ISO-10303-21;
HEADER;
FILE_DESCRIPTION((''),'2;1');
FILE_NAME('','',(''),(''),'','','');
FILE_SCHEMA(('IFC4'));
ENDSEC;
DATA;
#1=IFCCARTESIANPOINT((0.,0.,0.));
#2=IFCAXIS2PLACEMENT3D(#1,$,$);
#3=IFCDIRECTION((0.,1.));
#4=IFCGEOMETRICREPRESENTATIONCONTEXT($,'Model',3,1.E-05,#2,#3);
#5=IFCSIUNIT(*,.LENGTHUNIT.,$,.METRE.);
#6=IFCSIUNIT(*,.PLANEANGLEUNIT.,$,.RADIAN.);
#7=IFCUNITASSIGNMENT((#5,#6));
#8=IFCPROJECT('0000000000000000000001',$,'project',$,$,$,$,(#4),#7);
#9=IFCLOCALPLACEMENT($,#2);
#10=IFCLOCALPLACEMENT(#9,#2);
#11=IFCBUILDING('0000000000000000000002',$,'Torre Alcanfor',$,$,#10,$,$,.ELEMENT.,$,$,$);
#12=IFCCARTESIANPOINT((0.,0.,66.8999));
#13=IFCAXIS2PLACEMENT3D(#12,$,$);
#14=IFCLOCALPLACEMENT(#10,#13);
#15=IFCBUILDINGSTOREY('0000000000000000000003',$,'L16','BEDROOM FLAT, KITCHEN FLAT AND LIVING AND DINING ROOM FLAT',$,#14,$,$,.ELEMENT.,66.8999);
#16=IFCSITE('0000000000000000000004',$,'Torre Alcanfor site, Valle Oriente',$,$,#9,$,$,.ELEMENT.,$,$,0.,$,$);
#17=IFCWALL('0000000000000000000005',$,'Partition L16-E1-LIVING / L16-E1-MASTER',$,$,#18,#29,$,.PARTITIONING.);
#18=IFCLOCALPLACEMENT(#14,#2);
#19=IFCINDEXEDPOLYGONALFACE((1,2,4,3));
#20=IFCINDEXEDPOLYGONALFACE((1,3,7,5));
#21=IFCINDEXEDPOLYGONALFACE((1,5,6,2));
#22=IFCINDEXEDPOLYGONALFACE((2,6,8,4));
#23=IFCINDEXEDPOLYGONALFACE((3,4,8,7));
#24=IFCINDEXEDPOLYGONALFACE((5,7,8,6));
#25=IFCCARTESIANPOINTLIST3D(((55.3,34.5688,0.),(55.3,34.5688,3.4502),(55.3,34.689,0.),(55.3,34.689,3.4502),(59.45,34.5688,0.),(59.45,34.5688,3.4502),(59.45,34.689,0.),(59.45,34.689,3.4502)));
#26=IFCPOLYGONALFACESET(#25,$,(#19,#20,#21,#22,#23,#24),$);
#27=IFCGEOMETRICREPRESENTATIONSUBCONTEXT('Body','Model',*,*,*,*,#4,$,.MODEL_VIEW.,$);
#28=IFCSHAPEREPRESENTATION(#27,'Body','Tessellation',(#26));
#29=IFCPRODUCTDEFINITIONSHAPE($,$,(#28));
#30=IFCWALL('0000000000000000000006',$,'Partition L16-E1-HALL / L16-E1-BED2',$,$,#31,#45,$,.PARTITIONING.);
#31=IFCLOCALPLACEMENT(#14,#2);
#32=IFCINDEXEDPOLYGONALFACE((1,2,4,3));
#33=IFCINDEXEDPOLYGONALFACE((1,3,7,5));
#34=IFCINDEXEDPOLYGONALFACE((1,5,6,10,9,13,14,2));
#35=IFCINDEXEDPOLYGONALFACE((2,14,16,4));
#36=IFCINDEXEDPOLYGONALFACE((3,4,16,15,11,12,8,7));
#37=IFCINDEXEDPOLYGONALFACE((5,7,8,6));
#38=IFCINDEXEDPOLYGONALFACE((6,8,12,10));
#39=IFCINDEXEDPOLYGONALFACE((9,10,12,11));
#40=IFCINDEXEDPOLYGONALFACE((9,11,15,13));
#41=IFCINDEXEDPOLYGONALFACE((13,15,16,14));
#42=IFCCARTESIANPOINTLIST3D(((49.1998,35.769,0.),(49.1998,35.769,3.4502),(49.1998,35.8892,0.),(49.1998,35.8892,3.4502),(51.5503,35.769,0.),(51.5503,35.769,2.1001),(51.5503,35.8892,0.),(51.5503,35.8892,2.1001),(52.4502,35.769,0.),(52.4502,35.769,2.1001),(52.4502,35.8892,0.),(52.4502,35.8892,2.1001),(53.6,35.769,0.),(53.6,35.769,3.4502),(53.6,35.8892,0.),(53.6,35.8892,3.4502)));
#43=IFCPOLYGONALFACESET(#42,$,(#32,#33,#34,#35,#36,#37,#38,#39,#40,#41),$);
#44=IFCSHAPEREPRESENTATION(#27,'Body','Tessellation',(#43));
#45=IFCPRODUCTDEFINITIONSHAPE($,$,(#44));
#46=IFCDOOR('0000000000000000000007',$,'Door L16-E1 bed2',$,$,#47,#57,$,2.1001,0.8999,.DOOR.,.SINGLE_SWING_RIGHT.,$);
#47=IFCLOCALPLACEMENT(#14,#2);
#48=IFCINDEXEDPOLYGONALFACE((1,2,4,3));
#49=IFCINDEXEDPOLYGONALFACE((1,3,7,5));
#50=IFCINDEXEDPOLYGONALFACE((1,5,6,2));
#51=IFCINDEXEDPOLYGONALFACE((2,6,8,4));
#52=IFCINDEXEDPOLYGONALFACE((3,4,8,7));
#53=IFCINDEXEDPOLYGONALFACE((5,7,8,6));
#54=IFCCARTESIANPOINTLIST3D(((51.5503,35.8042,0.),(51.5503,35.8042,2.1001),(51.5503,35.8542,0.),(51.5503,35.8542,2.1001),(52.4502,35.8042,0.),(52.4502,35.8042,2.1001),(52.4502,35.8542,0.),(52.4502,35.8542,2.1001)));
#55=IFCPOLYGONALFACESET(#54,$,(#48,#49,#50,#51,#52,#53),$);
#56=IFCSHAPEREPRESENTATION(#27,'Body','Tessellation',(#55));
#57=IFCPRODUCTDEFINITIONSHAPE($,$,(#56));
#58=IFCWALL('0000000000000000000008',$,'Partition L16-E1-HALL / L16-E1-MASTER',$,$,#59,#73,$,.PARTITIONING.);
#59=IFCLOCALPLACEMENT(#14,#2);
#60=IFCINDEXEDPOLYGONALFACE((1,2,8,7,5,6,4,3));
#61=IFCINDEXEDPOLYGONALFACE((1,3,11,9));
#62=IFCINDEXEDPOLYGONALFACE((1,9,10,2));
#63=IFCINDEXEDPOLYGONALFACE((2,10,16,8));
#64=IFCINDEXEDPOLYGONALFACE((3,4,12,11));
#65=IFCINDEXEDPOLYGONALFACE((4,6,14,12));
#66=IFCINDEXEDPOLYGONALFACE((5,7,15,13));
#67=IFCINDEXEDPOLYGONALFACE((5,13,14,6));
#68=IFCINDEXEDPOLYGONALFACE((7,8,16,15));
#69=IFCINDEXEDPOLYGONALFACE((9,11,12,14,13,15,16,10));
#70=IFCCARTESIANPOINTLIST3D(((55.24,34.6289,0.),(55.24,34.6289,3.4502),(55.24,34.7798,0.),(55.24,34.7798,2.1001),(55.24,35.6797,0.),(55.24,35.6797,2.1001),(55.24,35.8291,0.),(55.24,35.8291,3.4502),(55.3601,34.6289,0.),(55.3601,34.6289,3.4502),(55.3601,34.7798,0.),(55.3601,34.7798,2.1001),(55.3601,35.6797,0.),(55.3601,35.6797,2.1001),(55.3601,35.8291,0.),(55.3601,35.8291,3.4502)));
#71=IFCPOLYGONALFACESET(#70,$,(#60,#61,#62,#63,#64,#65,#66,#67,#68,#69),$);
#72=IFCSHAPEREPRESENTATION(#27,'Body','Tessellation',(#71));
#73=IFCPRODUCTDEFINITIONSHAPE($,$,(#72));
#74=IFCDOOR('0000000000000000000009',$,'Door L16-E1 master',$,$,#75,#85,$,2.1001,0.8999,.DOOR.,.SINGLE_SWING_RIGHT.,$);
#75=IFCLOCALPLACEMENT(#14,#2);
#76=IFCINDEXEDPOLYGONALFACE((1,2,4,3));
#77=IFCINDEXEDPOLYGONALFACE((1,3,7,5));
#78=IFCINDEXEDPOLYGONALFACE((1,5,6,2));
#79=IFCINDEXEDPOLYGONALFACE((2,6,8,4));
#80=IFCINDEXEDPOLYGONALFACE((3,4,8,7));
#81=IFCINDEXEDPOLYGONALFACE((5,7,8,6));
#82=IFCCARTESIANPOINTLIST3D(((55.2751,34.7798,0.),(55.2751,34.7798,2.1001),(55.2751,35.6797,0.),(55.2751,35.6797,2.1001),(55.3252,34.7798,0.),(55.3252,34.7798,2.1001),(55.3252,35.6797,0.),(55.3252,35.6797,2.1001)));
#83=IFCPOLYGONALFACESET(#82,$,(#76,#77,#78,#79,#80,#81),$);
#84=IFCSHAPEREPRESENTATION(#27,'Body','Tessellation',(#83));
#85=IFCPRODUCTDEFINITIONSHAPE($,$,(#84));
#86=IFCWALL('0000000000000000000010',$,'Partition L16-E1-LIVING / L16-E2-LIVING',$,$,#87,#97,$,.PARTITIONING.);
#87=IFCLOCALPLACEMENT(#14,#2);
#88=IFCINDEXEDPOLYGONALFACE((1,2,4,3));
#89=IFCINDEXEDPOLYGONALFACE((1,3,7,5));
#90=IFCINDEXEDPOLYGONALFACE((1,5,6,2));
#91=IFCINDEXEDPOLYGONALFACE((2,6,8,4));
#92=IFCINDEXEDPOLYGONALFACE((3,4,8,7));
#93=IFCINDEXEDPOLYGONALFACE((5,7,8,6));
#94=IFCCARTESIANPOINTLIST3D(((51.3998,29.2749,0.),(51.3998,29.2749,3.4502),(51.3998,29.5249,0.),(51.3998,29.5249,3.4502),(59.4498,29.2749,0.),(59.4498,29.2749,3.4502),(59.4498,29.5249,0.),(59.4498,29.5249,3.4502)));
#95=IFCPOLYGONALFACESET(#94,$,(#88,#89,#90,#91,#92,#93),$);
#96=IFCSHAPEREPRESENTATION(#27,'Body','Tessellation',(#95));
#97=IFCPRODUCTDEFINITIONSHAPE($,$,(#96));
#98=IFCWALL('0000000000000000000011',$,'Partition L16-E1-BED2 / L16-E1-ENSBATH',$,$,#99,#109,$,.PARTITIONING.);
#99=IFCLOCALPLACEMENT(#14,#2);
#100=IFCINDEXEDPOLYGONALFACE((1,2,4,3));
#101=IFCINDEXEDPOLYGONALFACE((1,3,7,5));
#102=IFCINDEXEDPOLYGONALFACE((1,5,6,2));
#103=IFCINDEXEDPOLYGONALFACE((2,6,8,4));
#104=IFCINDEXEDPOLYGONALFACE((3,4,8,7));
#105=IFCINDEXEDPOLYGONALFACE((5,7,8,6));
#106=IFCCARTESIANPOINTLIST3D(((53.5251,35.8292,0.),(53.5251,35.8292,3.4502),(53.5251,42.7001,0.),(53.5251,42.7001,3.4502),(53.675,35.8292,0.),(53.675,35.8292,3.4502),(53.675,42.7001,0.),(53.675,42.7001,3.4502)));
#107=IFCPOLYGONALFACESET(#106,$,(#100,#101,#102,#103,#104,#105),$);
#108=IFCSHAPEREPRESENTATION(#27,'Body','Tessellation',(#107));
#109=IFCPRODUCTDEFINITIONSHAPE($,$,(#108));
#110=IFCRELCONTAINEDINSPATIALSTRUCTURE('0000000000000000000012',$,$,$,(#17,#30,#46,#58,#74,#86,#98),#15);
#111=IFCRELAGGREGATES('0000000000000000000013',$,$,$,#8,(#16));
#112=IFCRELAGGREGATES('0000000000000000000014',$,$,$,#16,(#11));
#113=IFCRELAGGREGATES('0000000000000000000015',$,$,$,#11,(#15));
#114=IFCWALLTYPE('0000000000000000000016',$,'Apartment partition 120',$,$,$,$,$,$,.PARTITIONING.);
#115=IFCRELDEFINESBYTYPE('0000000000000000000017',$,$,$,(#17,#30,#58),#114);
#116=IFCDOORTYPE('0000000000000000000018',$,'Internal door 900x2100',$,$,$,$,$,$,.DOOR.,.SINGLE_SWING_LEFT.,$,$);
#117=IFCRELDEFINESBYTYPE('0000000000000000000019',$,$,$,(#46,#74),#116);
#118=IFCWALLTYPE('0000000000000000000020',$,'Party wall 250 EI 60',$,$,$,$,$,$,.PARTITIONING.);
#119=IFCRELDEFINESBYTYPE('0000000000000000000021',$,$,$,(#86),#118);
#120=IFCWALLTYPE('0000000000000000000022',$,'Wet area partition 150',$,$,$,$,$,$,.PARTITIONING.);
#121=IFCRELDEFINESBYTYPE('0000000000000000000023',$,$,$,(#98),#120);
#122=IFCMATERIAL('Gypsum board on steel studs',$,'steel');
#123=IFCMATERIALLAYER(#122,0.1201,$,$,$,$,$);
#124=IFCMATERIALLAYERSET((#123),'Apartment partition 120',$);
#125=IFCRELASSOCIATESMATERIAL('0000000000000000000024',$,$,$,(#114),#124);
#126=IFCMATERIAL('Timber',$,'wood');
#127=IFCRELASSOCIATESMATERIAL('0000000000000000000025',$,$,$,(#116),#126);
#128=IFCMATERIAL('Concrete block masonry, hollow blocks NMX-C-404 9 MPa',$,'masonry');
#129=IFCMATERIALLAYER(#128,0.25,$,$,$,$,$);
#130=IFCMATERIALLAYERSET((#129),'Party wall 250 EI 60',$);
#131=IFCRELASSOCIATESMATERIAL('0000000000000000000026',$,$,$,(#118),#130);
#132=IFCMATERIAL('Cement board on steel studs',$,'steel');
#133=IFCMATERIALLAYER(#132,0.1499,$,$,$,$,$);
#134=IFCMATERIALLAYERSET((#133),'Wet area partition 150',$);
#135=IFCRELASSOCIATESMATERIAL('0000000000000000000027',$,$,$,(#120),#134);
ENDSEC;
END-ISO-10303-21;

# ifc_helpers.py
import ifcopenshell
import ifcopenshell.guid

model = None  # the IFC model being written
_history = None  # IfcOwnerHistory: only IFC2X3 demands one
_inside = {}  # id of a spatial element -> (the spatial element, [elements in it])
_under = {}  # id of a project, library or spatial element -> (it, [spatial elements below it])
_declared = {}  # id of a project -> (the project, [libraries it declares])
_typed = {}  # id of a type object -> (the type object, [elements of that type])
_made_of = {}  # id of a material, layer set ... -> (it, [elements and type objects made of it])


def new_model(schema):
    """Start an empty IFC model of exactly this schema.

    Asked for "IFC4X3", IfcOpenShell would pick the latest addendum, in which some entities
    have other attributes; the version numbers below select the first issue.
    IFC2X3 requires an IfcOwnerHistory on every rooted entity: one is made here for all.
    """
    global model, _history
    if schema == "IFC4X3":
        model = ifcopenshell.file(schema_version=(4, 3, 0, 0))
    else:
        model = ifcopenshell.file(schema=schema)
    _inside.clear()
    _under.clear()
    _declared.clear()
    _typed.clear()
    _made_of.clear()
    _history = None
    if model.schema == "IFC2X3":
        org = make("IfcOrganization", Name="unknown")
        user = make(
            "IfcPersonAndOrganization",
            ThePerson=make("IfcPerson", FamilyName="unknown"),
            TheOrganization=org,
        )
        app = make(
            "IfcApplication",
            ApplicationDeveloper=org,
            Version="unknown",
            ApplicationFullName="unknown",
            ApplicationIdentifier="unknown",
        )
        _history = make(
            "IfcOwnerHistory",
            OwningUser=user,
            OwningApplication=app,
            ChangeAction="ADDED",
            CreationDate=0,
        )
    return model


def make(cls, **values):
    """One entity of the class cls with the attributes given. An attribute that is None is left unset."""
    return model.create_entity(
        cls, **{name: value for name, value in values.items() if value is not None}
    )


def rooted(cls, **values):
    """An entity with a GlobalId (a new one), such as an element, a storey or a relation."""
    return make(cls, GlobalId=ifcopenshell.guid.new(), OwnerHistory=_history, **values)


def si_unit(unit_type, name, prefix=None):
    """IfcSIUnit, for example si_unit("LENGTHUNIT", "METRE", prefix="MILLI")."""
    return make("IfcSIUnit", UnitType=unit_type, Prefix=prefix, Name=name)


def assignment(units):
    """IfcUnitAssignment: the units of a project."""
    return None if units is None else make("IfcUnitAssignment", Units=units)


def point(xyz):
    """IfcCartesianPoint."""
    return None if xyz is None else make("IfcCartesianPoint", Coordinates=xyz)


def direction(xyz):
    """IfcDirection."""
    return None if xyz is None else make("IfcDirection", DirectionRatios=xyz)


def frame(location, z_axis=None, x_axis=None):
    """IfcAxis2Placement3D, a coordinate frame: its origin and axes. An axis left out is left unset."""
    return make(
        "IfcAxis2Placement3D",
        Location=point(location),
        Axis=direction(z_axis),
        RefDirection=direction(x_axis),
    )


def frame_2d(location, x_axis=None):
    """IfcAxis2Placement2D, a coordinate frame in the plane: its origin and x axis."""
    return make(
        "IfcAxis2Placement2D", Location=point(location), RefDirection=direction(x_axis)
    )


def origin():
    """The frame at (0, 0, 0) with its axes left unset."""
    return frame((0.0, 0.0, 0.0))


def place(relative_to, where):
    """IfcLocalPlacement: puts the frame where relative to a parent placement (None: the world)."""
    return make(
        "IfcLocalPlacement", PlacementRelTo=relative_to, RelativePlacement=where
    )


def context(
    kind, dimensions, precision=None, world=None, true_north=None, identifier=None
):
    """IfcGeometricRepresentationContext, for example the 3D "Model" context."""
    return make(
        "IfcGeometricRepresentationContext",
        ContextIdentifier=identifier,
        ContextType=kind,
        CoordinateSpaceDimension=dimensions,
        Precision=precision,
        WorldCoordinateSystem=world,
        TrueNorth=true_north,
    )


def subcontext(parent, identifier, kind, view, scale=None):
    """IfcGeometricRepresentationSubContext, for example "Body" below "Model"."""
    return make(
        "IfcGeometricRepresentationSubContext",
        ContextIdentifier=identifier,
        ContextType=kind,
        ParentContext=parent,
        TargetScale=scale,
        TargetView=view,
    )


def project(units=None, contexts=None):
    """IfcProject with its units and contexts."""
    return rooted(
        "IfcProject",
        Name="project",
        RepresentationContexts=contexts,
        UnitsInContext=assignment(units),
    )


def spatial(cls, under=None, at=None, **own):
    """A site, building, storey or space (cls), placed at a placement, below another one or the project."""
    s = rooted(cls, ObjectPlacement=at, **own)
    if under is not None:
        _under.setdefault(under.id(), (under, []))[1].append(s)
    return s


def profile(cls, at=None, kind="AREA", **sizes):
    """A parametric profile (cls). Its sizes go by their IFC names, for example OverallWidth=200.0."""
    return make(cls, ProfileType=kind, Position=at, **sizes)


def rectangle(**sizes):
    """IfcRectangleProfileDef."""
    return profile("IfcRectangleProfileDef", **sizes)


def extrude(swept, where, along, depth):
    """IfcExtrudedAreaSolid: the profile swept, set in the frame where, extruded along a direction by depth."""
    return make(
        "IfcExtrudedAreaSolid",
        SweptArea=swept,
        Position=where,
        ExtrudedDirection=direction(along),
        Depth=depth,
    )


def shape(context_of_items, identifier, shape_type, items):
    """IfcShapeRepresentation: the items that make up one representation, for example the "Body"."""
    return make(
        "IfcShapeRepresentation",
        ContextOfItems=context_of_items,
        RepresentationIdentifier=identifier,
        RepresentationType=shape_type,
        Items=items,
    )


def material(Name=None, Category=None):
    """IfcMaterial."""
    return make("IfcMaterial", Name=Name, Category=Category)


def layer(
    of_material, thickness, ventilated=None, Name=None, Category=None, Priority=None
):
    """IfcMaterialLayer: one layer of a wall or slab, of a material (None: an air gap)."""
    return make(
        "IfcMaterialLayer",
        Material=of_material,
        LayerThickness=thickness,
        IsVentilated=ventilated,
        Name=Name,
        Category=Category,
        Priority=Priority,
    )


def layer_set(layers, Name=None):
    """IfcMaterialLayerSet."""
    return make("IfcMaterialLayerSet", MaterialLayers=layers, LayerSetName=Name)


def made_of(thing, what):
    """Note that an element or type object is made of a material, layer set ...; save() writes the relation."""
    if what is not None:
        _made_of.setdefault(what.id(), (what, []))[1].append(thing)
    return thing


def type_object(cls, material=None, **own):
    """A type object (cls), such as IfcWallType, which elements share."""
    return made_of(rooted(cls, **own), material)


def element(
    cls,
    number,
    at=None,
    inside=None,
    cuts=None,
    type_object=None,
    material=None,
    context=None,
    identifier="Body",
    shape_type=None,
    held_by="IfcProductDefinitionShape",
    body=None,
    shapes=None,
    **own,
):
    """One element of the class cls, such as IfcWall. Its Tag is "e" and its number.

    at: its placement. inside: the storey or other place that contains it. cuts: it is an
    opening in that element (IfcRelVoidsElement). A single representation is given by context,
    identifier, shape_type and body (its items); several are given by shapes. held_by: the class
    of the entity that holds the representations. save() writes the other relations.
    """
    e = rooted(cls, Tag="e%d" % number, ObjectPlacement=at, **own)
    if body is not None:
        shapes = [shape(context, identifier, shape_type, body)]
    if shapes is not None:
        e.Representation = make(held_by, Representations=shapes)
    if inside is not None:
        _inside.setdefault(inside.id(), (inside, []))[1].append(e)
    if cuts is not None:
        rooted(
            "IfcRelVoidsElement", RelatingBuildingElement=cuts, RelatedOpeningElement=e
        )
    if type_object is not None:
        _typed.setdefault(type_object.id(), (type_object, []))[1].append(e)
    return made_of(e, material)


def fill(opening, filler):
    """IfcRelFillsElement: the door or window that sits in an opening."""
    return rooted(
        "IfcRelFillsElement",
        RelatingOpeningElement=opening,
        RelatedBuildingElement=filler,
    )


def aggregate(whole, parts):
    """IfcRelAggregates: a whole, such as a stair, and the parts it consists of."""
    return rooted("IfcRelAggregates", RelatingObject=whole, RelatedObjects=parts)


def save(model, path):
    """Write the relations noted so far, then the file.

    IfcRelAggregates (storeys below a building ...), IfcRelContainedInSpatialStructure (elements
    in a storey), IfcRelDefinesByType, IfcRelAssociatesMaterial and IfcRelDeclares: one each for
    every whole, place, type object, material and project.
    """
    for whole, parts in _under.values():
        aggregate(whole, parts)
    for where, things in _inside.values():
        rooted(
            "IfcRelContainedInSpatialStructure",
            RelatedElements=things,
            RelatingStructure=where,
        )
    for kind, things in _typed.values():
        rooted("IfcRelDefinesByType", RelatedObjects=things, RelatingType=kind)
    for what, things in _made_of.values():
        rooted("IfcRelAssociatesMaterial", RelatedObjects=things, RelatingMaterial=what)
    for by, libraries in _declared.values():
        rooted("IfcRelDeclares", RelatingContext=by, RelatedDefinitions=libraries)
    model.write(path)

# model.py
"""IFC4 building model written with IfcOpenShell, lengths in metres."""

from ifc_helpers import new_model, si_unit, direction, frame, frame_2d, origin, place, context, subcontext, project, spatial, rectangle, extrude, material, layer, layer_set, type_object, element, fill, save


model = new_model("IFC4")

# Units and contexts
model_context = context("Model", 3, precision=1e-05, world=origin(), true_north=direction((0.0, 1.0)))
body_context = subcontext(model_context, "Body", "Model", "MODEL_VIEW")
ifc_project = project(units=[si_unit("LENGTHUNIT", "METRE"), si_unit("PLANEANGLEUNIT", "RADIAN")], contexts=[model_context])

# Site, building, storey
site_placement = place(None, origin())
site = spatial("IfcSite", under=ifc_project, at=site_placement, Name="Torre Alcanfor site, Valle Oriente", CompositionType="ELEMENT", RefElevation=0.0)
building_placement = place(site_placement, origin())
building = spatial("IfcBuilding", under=site, at=building_placement, Name="Torre Alcanfor", CompositionType="ELEMENT")
storey_placement = place(building_placement, frame((0.0, 0.0, 66.8999)))
storey = spatial("IfcBuildingStorey", under=building, at=storey_placement, Name="L16", Description="BEDROOM FLAT, KITCHEN FLAT AND LIVING AND DINING ROOM FLAT", CompositionType="ELEMENT", Elevation=66.8999)

# Shared definitions
ifc_material_1 = material(Name="Gypsum board on steel studs", Category="steel")
ifc_layer_1 = layer(ifc_material_1, 0.1201)
ifc_layer_set_1 = layer_set([ifc_layer_1], Name="Apartment partition 120")
wall_type_1 = type_object("IfcWallType", Name="Apartment partition 120", PredefinedType="PARTITIONING", material=ifc_layer_set_1)

# Shared definitions
ifc_material_2 = material(Name="Timber", Category="wood")
door_type = type_object("IfcDoorType", Name="Internal door 900x2100", OperationType="SINGLE_SWING_LEFT", PredefinedType="DOOR", material=ifc_material_2)

# Wall
wall_1_placement = place(storey_placement, frame((59.45, 34.6289, 0.0), z_axis=(0.0, 0.0, 1.0), x_axis=(-1.0, 0.0, 0.0)))
element("IfcWall", 1, at=wall_1_placement, inside=storey, type_object=wall_type_1, Name="Partition L16-E1-LIVING / L16-E1-MASTER", PredefinedType="PARTITIONING", context=body_context, shape_type="SweptSolid", body=[
    extrude(rectangle(XDim=4.1499, YDim=0.1201, at=frame_2d((2.075, 0.0))), origin(), (0.0, 0.0, 1.0), 3.4502),
])

# Walls, openings, doors
wall_2_placement = place(storey_placement, frame((53.6001, 35.8291, 0.0), z_axis=(0.0, 0.0, 1.0), x_axis=(-1.0, 0.0, 0.0)))
wall_2 = element("IfcWall", 2, at=wall_2_placement, inside=storey, type_object=wall_type_1, Name="Partition L16-E1-HALL / L16-E1-BED2", PredefinedType="PARTITIONING", context=body_context, shape_type="SweptSolid", body=[
    extrude(rectangle(XDim=4.4001, YDim=0.1201, at=frame_2d((2.2002, 0.0))), origin(), (0.0, 0.0, 1.0), 3.4502),
])
opening_1_placement = place(wall_2_placement, frame((1.1499, 0.0, 0.0)))
opening_1 = element("IfcOpeningElement", 3, at=opening_1_placement, cuts=wall_2, PredefinedType="OPENING", context=body_context, shape_type="SweptSolid", body=[
    extrude(rectangle(XDim=0.8999, YDim=2.1001, at=frame_2d((0.45, 1.05))), frame((0.0, 0.0701, 0.0), z_axis=(0.0, -1.0, 0.0), x_axis=(1.0, 0.0, 0.0)), (0.0, 0.0, 1.0), 0.1401),
])
door_1_placement = place(opening_1_placement, frame((0.8999, 0.0, 0.0), z_axis=(0.0, 0.0, 1.0), x_axis=(-1.0, 0.0, 0.0)))
door_1 = element("IfcDoor", 4, at=door_1_placement, inside=storey, type_object=door_type, Name="Door L16-E1 bed2", OperationType="SINGLE_SWING_RIGHT", OverallHeight=2.1001, OverallWidth=0.8999, PredefinedType="DOOR", context=body_context, shape_type="SweptSolid", body=[
    extrude(rectangle(XDim=0.8999, YDim=2.1001, at=frame_2d((0.45, 1.05))), frame((0.0, 0.0251, 0.0), z_axis=(0.0, -1.0, 0.0), x_axis=(1.0, 0.0, 0.0)), (0.0, 0.0, 1.0), 0.05),
])
fill(opening_1, door_1)
wall_3_placement = place(storey_placement, frame((55.3, 34.6289, 0.0), z_axis=(0.0, 0.0, 1.0), x_axis=(0.0, 1.0, 0.0)))
wall_3 = element("IfcWall", 5, at=wall_3_placement, inside=storey, type_object=wall_type_1, Name="Partition L16-E1-HALL / L16-E1-MASTER", PredefinedType="PARTITIONING", context=body_context, shape_type="SweptSolid", body=[
    extrude(rectangle(XDim=1.2002, YDim=0.1201, at=frame_2d((0.6001, 0.0))), origin(), (0.0, 0.0, 1.0), 3.4502),
])
opening_2_placement = place(wall_3_placement, frame((0.1509, 0.0, 0.0)))
opening_2 = element("IfcOpeningElement", 6, at=opening_2_placement, cuts=wall_3, PredefinedType="OPENING", context=body_context, shape_type="SweptSolid", body=[
    extrude(rectangle(XDim=0.8999, YDim=2.1001, at=frame_2d((0.45, 1.05))), frame((0.0, 0.0701, 0.0), z_axis=(0.0, -1.0, 0.0), x_axis=(1.0, 0.0, 0.0)), (0.0, 0.0, 1.0), 0.1401),
])
door_2_placement = place(opening_2_placement, frame((0.8999, 0.0, 0.0), z_axis=(0.0, 0.0, 1.0), x_axis=(-1.0, 0.0, 0.0)))
door_2 = element("IfcDoor", 7, at=door_2_placement, inside=storey, type_object=door_type, Name="Door L16-E1 master", OperationType="SINGLE_SWING_RIGHT", OverallHeight=2.1001, OverallWidth=0.8999, PredefinedType="DOOR", context=body_context, shape_type="SweptSolid", body=[
    extrude(rectangle(XDim=0.8999, YDim=2.1001, at=frame_2d((0.45, 1.05))), frame((0.0, 0.0251, 0.0), z_axis=(0.0, -1.0, 0.0), x_axis=(1.0, 0.0, 0.0)), (0.0, 0.0, 1.0), 0.05),
])
fill(opening_2, door_2)

# Walls
ifc_material_3 = material(Name="Concrete block masonry, hollow blocks NMX-C-404 9 MPa", Category="masonry")
ifc_layer_2 = layer(ifc_material_3, 0.25)
ifc_layer_set_2 = layer_set([ifc_layer_2], Name="Party wall 250 EI 60")
wall_type_2 = type_object("IfcWallType", Name="Party wall 250 EI 60", PredefinedType="PARTITIONING", material=ifc_layer_set_2)
wall_4_placement = place(storey_placement, frame((51.3999, 29.3999, 0.0), z_axis=(0.0, 0.0, 1.0), x_axis=(1.0, 0.0, 0.0)))
element("IfcWall", 8, at=wall_4_placement, inside=storey, type_object=wall_type_2, Name="Partition L16-E1-LIVING / L16-E2-LIVING", PredefinedType="PARTITIONING", context=body_context, shape_type="SweptSolid", body=[
    extrude(rectangle(XDim=8.05, YDim=0.25, at=frame_2d((4.0249, 0.0))), origin(), (0.0, 0.0, 1.0), 3.4502),
])
ifc_material_4 = material(Name="Cement board on steel studs", Category="steel")
ifc_layer_3 = layer(ifc_material_4, 0.1499)
ifc_layer_set_3 = layer_set([ifc_layer_3], Name="Wet area partition 150")
wall_type_3 = type_object("IfcWallType", Name="Wet area partition 150", PredefinedType="PARTITIONING", material=ifc_layer_set_3)
wall_5_placement = place(storey_placement, frame((53.6001, 35.8291, 0.0), z_axis=(0.0, 0.0, 1.0), x_axis=(0.0, 1.0, 0.0)))
element("IfcWall", 9, at=wall_5_placement, inside=storey, type_object=wall_type_3, Name="Partition L16-E1-BED2 / L16-E1-ENSBATH", PredefinedType="PARTITIONING", context=body_context, shape_type="SweptSolid", body=[
    extrude(rectangle(XDim=6.8708, YDim=0.1499, at=frame_2d((3.4355, 0.0))), origin(), (0.0, 0.0, 1.0), 3.4502),
])

save(model, "model.ifc")
